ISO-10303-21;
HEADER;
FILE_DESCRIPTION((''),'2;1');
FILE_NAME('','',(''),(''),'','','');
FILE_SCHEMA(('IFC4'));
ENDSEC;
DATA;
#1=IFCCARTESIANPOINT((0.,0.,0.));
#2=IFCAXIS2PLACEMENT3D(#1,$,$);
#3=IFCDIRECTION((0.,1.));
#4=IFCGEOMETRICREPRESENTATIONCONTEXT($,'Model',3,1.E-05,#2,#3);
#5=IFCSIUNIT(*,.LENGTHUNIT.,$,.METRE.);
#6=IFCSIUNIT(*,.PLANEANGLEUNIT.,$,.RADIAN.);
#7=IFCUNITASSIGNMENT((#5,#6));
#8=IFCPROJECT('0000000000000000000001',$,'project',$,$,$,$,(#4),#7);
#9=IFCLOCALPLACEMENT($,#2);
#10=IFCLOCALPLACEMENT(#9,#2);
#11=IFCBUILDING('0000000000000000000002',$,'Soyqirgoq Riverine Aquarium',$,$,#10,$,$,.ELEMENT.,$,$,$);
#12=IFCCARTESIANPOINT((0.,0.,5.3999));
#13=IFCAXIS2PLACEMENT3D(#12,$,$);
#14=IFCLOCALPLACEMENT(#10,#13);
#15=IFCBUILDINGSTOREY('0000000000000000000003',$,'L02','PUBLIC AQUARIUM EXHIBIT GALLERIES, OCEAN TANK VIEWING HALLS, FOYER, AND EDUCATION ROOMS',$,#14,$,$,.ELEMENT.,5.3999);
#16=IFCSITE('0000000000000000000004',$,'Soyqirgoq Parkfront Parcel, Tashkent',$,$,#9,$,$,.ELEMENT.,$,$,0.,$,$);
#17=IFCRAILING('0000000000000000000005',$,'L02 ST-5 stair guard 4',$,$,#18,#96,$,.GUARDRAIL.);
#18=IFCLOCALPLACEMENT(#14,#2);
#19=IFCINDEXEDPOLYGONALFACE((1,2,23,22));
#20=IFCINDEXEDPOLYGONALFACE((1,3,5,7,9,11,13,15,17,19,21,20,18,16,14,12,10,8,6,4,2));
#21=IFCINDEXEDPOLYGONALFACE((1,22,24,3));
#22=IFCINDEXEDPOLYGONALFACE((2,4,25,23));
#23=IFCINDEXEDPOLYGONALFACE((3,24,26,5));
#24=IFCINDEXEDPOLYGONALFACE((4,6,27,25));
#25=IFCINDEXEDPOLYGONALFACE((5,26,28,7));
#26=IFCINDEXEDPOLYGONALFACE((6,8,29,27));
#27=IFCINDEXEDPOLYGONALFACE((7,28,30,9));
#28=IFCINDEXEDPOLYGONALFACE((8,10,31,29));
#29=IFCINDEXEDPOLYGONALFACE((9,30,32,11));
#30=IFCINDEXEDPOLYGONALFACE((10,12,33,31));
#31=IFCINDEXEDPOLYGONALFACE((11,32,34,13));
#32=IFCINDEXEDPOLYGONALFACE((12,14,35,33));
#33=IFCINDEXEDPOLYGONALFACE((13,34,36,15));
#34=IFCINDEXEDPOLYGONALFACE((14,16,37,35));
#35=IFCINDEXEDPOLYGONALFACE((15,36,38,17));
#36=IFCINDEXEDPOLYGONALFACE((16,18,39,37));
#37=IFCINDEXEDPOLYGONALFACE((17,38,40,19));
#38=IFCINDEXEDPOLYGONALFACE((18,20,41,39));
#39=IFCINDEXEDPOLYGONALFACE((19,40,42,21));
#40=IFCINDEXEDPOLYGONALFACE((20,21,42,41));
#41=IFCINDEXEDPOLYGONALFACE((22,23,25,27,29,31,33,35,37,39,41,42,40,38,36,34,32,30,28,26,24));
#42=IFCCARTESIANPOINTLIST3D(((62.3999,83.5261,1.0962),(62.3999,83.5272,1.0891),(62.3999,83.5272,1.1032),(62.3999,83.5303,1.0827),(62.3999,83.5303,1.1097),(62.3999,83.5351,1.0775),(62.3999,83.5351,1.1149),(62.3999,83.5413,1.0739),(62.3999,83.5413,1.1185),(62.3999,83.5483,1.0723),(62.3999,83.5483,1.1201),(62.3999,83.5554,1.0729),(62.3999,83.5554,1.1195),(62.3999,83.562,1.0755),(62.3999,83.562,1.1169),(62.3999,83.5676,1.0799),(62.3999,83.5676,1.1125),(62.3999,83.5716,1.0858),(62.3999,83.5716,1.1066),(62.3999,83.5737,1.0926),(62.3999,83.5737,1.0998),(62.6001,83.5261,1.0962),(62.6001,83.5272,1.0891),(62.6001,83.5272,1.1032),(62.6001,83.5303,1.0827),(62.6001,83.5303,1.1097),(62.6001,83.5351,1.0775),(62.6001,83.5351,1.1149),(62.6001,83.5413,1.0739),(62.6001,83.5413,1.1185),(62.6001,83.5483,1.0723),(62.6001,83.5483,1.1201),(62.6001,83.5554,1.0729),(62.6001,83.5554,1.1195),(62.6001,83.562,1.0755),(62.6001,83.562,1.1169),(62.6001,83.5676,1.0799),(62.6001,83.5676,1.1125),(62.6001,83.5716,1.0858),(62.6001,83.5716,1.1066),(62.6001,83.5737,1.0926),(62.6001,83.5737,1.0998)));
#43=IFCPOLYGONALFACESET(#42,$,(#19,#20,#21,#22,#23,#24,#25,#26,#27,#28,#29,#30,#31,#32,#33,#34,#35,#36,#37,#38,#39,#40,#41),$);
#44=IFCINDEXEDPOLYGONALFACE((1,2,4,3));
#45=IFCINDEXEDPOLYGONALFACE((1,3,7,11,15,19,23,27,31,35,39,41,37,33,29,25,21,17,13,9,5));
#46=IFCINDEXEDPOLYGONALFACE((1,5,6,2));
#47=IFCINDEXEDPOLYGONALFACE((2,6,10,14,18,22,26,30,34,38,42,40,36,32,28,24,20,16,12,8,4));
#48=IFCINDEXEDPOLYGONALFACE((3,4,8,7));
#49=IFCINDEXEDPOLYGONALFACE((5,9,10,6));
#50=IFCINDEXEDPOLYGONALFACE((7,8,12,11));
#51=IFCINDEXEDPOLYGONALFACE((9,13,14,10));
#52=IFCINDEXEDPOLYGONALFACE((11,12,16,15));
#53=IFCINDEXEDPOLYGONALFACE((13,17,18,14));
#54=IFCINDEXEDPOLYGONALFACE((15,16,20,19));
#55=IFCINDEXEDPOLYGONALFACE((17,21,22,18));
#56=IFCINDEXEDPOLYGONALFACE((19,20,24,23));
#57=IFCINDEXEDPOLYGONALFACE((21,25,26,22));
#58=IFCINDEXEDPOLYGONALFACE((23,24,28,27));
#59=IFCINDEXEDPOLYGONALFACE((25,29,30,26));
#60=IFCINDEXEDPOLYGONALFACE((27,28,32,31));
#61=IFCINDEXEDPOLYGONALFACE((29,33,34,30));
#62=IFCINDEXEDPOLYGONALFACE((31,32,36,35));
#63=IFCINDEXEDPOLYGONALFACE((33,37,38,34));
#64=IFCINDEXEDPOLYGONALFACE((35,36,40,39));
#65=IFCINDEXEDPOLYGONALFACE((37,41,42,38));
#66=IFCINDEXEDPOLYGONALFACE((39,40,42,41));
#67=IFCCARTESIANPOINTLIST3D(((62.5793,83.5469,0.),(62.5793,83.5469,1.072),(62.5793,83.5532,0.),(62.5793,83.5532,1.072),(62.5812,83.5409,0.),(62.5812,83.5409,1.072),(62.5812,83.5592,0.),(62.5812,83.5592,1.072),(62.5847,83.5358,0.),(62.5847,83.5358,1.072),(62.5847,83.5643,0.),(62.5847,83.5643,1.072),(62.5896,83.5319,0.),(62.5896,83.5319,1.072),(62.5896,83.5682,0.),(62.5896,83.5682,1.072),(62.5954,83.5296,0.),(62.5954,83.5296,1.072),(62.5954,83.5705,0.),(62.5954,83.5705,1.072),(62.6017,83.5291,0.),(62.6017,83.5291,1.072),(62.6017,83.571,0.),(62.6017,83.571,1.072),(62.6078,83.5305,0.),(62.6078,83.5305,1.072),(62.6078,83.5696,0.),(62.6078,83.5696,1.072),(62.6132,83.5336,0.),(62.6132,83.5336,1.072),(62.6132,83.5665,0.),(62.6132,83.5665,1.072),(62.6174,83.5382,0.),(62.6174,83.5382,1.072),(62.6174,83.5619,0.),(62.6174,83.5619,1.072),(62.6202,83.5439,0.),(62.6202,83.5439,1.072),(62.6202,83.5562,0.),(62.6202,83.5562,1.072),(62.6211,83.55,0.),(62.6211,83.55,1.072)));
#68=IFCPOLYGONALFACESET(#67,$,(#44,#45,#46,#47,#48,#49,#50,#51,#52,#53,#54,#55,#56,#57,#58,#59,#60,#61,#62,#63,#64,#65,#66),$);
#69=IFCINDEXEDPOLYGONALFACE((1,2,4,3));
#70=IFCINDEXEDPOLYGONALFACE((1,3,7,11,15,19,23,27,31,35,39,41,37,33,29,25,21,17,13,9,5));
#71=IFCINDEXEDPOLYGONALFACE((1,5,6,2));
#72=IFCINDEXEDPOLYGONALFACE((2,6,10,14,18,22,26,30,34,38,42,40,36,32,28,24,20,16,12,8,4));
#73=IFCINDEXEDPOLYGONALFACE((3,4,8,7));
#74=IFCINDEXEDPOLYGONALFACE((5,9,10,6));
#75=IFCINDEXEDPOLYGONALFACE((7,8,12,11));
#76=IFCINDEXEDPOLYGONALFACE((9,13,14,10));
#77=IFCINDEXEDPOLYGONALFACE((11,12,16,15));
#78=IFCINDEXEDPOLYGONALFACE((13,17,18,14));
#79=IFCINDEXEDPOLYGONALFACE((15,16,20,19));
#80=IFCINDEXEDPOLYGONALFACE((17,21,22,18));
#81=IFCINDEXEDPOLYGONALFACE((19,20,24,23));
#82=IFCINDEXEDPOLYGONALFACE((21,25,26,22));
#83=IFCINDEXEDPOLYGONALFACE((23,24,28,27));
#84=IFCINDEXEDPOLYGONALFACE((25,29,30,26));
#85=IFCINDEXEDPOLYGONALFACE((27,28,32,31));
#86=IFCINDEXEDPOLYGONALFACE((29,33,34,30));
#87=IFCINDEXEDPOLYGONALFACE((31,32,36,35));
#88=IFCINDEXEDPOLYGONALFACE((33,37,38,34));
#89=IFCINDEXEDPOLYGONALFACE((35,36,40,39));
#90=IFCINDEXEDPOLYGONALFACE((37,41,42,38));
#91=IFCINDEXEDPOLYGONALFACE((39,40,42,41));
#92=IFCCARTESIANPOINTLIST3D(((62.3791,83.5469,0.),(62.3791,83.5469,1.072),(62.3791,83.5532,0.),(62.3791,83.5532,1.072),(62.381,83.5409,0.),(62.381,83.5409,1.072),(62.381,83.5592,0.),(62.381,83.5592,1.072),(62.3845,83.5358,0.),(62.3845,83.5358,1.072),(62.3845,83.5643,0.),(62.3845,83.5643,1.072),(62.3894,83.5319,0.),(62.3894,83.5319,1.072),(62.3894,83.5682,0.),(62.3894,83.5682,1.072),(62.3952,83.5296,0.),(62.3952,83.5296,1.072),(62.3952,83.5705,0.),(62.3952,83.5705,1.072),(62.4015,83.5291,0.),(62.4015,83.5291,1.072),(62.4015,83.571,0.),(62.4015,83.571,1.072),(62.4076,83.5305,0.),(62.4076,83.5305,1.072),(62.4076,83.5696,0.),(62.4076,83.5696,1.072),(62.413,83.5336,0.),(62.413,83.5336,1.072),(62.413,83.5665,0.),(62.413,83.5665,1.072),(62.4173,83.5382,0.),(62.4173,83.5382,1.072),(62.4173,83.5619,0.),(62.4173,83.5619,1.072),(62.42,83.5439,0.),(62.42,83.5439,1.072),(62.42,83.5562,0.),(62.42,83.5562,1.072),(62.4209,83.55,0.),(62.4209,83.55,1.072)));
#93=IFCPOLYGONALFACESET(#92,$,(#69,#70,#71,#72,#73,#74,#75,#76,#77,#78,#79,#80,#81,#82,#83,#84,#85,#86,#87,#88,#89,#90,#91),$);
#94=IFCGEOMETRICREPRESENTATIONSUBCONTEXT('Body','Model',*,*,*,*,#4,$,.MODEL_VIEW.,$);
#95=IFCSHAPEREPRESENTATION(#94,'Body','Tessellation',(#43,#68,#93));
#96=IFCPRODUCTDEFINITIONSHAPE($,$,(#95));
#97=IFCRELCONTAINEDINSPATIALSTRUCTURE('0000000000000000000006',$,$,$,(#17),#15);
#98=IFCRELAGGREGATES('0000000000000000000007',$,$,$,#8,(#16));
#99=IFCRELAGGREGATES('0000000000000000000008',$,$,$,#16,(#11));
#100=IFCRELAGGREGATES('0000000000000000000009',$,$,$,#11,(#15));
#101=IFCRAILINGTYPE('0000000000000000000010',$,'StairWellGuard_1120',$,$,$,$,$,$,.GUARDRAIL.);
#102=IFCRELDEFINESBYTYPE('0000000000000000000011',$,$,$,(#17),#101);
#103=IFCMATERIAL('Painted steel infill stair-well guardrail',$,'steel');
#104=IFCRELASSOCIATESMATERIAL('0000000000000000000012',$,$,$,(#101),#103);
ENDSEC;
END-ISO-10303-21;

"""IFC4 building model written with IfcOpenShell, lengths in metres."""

from ifc_helpers import new_model, si_unit, direction, frame, origin, origin_2d, place, context, subcontext, project, spatial, circle, extrude, material, type_object, element, save


model = new_model("IFC4")

# Units and contexts
model_context = context("Model", 3, precision=1e-05, world=origin(), true_north=direction((0.0, 1.0)))
body_context = subcontext(model_context, "Body", "Model", "MODEL_VIEW")
ifc_project = project(units=[si_unit("LENGTHUNIT", "METRE"), si_unit("PLANEANGLEUNIT", "RADIAN")], contexts=[model_context])

# Site, building, storey
site_placement = place(None, origin())
site = spatial("IfcSite", under=ifc_project, at=site_placement, Name="Soyqirgoq Parkfront Parcel, Tashkent", CompositionType="ELEMENT", RefElevation=0.0)
building_placement = place(site_placement, origin())
building = spatial("IfcBuilding", under=site, at=building_placement, Name="Soyqirgoq Riverine Aquarium", CompositionType="ELEMENT")
storey_placement = place(building_placement, frame((0.0, 0.0, 5.3999)))
storey = spatial("IfcBuildingStorey", under=building, at=storey_placement, Name="L02", Description="PUBLIC AQUARIUM EXHIBIT GALLERIES, OCEAN TANK VIEWING HALLS, FOYER, AND EDUCATION ROOMS", CompositionType="ELEMENT", Elevation=5.3999)

# Railing
ifc_material_1 = material(Name="Painted steel infill stair-well guardrail", Category="steel")
railing_type_1 = type_object("IfcRailingType", Name="StairWellGuard_1120", PredefinedType="GUARDRAIL", material=ifc_material_1)
railing_1_placement = place(storey_placement, frame((62.6001, 83.55, 0.0)))
element("IfcRailing", 1, at=railing_1_placement, inside=storey, type_object=railing_type_1, Name="L02 ST-5 stair guard 4", PredefinedType="GUARDRAIL", context=body_context, shape_type="SweptSolid", body=[
    extrude(circle(Radius=0.0239, at=origin_2d()), frame((0.0, 0.0, 1.0962), z_axis=(-1.0, 0.0, 0.0), x_axis=(0.0, -1.0, 0.0)), (0.0, 0.0, 1.0), 0.2002),
    extrude(circle(Radius=0.021, at=origin_2d()), origin(), (0.0, 0.0, 1.0), 1.072),
    extrude(circle(Radius=0.021, at=origin_2d()), frame((-0.2002, 0.0, 0.0)), (0.0, 0.0, 1.0), 1.072),
])

save(model, "model.ifc")
